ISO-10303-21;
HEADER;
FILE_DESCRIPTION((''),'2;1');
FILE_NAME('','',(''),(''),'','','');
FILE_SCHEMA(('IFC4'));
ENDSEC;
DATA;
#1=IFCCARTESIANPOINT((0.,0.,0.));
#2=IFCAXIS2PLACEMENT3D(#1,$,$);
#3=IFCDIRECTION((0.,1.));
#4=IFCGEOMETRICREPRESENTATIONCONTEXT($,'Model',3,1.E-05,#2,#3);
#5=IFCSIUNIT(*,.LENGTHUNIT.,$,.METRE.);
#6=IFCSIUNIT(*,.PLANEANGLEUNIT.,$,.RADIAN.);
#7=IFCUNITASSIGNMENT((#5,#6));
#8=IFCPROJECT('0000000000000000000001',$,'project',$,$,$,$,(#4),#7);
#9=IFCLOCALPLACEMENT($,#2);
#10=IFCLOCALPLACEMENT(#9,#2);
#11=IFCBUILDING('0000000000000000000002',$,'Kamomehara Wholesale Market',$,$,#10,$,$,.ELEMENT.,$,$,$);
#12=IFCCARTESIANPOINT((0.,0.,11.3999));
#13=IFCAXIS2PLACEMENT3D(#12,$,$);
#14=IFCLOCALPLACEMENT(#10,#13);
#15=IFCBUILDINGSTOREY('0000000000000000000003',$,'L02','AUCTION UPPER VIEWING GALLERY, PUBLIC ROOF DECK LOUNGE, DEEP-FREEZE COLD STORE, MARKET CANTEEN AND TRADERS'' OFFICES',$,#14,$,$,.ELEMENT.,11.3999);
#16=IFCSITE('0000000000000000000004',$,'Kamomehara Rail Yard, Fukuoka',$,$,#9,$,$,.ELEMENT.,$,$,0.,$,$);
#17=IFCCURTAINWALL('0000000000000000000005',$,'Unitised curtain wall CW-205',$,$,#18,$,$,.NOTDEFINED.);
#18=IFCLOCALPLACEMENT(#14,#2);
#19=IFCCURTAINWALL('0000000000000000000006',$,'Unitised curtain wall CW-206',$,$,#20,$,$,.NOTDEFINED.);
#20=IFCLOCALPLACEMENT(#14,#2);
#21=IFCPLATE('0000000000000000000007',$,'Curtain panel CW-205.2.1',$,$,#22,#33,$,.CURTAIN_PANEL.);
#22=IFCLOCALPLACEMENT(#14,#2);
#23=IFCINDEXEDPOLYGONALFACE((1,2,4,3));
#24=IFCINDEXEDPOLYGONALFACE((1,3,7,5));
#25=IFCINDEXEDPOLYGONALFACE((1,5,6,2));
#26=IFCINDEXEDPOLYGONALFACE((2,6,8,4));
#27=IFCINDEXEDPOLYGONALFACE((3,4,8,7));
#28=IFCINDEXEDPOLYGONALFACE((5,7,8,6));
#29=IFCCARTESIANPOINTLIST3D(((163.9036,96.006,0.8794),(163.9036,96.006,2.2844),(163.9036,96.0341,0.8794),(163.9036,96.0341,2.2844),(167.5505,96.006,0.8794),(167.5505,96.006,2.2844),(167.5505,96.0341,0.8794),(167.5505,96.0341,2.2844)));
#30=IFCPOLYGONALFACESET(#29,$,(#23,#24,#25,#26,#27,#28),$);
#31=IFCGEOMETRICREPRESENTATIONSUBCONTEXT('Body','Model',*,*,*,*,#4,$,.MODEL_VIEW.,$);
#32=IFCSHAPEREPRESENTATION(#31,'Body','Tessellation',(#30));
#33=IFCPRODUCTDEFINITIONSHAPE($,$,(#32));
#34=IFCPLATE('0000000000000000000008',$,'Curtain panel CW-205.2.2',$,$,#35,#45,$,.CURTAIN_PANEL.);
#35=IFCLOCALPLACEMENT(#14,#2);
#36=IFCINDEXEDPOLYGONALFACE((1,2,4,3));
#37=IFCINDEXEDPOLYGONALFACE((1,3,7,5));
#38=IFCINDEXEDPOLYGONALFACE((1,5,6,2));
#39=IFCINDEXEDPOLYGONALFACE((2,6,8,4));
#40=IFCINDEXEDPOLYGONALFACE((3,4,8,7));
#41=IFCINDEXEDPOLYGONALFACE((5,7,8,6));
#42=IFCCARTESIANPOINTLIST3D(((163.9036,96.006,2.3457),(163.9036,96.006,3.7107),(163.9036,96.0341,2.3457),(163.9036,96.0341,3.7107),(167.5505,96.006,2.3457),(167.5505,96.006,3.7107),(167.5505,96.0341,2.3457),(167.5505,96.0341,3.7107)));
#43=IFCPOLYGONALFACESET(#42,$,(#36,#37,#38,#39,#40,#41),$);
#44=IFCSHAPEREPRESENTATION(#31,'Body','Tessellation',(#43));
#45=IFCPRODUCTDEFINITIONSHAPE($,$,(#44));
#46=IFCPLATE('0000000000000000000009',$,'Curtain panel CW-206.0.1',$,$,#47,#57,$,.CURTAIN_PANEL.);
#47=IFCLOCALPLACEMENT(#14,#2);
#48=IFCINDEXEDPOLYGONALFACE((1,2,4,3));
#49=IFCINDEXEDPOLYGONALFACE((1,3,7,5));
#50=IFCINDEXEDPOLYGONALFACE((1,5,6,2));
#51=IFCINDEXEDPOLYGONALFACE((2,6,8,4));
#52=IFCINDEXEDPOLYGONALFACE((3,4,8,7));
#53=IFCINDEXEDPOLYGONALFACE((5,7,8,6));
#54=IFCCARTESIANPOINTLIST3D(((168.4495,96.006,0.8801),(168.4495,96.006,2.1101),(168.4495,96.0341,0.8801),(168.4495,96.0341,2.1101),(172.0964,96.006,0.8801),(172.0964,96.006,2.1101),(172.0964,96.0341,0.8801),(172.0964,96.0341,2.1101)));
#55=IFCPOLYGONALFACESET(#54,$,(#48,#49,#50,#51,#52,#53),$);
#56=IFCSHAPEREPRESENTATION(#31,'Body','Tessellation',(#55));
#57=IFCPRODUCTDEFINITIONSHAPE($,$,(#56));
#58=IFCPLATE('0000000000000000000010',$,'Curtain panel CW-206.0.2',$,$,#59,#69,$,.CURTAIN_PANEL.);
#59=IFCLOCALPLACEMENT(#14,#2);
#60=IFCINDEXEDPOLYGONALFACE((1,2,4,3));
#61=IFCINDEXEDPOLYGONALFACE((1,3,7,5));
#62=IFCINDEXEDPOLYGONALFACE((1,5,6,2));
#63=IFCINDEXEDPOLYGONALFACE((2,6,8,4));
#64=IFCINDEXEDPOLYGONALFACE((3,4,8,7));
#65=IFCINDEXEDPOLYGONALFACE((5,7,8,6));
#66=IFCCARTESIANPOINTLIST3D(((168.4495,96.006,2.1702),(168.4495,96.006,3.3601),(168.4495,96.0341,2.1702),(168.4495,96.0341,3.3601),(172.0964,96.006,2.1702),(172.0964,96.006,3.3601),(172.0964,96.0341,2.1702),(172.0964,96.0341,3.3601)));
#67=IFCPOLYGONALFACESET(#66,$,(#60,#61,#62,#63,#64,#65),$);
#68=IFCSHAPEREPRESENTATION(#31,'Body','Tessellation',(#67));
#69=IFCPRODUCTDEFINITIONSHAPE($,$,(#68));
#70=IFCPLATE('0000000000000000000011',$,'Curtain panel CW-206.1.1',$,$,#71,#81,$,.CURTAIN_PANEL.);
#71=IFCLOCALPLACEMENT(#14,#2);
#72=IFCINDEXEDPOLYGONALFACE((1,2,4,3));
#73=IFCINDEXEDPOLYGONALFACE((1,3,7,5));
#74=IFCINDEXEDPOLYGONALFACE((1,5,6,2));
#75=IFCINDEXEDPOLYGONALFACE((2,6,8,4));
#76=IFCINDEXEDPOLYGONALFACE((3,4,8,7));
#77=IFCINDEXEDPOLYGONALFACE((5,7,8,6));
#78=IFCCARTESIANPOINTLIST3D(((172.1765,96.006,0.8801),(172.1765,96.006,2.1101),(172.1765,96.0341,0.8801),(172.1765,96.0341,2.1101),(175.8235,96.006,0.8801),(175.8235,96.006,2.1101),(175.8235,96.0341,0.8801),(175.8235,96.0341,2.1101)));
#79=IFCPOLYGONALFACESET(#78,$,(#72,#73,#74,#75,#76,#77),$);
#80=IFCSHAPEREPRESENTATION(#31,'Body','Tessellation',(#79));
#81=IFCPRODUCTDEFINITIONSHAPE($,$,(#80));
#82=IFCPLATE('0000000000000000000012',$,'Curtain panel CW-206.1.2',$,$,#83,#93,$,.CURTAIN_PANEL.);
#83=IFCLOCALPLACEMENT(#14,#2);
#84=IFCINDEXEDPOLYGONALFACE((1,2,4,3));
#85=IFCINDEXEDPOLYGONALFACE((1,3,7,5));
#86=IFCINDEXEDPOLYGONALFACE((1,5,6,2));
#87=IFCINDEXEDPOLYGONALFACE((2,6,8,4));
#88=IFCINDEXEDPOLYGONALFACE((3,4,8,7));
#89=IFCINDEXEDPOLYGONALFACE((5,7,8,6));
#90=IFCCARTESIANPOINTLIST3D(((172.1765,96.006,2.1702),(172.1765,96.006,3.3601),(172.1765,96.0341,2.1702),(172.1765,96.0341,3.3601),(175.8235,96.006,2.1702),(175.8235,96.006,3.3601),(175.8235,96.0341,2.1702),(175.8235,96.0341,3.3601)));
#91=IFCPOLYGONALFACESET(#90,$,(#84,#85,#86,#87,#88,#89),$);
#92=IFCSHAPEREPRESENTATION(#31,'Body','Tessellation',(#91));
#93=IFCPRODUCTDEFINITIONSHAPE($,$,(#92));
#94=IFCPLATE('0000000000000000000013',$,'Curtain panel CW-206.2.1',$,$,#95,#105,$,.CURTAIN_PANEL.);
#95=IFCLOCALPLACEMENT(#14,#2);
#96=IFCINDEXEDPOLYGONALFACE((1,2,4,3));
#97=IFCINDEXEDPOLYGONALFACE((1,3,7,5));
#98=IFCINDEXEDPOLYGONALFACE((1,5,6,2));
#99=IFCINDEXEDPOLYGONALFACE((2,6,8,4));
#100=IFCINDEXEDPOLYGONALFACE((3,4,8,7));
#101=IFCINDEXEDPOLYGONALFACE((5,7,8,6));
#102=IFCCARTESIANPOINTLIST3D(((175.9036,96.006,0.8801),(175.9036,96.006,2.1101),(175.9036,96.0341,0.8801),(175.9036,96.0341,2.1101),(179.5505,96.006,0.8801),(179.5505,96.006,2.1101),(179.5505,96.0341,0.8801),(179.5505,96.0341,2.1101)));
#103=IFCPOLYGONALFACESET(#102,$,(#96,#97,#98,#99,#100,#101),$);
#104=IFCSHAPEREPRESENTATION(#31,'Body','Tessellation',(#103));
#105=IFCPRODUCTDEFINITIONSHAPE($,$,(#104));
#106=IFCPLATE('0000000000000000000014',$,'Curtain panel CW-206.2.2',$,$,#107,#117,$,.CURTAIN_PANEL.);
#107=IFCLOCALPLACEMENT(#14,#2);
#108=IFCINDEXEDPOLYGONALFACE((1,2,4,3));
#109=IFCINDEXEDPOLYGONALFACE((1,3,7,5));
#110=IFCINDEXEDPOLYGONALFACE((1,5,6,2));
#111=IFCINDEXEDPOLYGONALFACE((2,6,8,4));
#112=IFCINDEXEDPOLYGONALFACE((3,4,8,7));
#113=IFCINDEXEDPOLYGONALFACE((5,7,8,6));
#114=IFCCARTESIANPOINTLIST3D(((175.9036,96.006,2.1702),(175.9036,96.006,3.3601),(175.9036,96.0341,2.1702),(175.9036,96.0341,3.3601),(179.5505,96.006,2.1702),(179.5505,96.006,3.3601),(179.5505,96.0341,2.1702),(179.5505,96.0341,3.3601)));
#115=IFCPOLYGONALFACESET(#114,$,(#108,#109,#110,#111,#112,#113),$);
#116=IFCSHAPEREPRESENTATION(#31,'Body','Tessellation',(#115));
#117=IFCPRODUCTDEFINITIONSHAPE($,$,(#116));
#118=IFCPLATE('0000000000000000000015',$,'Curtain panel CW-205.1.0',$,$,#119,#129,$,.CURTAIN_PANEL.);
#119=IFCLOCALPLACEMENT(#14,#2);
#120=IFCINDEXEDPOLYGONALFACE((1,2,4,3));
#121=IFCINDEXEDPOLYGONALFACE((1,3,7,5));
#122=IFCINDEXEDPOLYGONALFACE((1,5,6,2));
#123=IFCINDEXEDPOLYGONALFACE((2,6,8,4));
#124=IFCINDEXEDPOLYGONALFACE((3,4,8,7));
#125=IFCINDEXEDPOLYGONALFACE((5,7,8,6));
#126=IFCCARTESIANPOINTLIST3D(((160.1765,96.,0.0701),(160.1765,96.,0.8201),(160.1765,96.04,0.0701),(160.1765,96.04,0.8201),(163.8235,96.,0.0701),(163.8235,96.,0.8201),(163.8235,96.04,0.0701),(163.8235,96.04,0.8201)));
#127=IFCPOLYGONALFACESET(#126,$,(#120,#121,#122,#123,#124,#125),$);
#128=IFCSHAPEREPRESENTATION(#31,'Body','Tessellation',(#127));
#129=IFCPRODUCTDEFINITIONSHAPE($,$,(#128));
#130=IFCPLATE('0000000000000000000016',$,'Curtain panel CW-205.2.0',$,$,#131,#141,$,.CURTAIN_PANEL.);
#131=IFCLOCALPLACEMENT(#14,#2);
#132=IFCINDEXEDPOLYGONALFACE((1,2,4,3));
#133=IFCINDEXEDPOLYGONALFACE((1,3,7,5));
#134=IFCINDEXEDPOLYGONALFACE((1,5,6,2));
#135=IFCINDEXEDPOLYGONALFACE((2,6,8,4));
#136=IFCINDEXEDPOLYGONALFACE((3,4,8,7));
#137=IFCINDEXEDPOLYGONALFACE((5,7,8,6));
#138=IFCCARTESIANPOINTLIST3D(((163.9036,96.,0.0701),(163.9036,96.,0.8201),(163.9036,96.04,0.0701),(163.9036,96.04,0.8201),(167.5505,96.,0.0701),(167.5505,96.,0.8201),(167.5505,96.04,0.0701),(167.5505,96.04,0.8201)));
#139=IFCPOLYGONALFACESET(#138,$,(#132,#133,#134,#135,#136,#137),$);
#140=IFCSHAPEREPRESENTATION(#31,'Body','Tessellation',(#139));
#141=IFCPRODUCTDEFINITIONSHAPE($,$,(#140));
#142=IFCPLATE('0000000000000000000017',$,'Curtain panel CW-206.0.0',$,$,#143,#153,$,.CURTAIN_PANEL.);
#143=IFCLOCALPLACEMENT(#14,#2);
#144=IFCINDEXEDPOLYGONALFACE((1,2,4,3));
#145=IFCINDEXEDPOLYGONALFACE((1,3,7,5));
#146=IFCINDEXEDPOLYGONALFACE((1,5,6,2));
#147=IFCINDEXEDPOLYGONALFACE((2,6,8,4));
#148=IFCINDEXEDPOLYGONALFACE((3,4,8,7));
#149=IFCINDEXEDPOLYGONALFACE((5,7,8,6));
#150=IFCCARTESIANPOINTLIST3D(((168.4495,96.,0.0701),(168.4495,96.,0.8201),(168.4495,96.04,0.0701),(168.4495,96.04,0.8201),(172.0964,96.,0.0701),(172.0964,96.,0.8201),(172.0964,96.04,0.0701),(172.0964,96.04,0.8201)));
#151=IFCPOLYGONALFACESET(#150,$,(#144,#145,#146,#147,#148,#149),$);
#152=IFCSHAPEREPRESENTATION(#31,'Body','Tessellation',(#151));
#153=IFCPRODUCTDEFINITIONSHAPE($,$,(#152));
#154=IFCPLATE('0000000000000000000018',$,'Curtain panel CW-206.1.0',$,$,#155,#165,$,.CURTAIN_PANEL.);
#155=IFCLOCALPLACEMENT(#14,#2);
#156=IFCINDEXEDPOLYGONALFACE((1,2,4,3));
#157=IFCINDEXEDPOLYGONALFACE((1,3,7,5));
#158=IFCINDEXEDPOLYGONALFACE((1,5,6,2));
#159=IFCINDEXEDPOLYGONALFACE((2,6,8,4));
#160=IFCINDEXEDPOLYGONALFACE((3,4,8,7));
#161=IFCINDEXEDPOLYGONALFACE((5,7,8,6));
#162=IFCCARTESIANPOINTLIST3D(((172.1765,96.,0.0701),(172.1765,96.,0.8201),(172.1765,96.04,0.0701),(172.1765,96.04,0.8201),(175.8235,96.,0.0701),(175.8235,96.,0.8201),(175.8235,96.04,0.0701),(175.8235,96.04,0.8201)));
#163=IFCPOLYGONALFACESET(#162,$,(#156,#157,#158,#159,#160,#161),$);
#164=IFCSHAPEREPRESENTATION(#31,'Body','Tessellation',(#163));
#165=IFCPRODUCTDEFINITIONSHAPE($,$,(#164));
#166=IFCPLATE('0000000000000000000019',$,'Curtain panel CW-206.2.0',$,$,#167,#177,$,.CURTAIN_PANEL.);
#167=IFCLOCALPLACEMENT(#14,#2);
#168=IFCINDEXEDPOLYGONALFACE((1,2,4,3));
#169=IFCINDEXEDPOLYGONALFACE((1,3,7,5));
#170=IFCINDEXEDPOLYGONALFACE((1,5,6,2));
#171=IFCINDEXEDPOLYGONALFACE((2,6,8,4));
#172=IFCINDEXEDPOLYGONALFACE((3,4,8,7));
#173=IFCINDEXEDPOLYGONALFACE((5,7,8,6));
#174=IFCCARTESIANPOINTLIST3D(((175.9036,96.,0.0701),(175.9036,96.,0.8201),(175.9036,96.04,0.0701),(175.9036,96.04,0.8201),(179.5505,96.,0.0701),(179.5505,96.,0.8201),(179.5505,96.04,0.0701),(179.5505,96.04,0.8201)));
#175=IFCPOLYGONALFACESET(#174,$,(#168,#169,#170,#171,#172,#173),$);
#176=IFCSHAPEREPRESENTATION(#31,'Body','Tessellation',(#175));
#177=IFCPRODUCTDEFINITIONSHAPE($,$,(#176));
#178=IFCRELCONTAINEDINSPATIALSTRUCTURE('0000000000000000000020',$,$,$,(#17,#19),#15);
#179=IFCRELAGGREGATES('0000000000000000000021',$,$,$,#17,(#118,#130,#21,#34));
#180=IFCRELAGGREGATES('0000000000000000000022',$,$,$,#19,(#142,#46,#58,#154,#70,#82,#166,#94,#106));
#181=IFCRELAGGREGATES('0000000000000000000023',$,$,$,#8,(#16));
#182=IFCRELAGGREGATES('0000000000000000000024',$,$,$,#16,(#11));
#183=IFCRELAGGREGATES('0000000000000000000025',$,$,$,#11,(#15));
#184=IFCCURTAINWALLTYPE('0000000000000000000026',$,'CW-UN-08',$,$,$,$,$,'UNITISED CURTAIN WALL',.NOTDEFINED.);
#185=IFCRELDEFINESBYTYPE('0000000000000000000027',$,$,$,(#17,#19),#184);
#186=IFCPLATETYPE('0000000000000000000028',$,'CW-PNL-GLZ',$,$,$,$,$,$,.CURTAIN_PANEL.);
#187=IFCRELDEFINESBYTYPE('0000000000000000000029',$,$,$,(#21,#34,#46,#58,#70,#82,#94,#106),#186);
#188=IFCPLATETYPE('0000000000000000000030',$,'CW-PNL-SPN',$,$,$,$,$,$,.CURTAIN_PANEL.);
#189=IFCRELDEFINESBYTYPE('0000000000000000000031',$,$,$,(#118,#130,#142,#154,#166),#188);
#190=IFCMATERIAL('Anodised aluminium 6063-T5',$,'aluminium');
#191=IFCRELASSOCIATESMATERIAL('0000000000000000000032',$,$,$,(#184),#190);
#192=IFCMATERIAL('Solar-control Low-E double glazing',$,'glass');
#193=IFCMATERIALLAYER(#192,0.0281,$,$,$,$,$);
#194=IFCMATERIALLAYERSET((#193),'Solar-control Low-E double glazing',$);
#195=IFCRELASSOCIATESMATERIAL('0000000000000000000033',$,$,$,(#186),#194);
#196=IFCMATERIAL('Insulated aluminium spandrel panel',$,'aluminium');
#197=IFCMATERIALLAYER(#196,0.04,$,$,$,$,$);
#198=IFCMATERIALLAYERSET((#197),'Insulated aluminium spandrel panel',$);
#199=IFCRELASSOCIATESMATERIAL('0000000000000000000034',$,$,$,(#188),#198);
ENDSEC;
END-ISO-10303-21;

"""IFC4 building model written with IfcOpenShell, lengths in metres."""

from ifc_helpers import new_model, si_unit, direction, frame, origin, origin_2d, place, context, subcontext, project, spatial, rectangle, extrude, material, layer, layer_set, type_object, element, aggregate, save


model = new_model("IFC4")

# Units and contexts
model_context = context("Model", 3, precision=1e-05, world=origin(), true_north=direction((0.0, 1.0)))
body_context = subcontext(model_context, "Body", "Model", "MODEL_VIEW")
ifc_project = project(units=[si_unit("LENGTHUNIT", "METRE"), si_unit("PLANEANGLEUNIT", "RADIAN")], contexts=[model_context])

# Site, building, storey
site_placement = place(None, origin())
site = spatial("IfcSite", under=ifc_project, at=site_placement, Name="Kamomehara Rail Yard, Fukuoka", CompositionType="ELEMENT", RefElevation=0.0)
building_placement = place(site_placement, origin())
building = spatial("IfcBuilding", under=site, at=building_placement, Name="Kamomehara Wholesale Market", CompositionType="ELEMENT")
storey_placement = place(building_placement, frame((0.0, 0.0, 11.3999)))
storey = spatial("IfcBuildingStorey", under=building, at=storey_placement, Name="L02", Description="AUCTION UPPER VIEWING GALLERY, PUBLIC ROOF DECK LOUNGE, DEEP-FREEZE COLD STORE, MARKET CANTEEN AND TRADERS' OFFICES", CompositionType="ELEMENT", Elevation=11.3999)

# Curtain walls
ifc_material_1 = material(Name="Anodised aluminium 6063-T5", Category="aluminium")
curtain_wall_type = type_object("IfcCurtainWallType", Name="CW-UN-08", ElementType="UNITISED CURTAIN WALL", PredefinedType="NOTDEFINED", material=ifc_material_1)
curtain_wall_1_placement = place(storey_placement, origin())
curtain_wall_1 = element("IfcCurtainWall", 1, at=curtain_wall_1_placement, inside=storey, type_object=curtain_wall_type, Name="Unitised curtain wall CW-205", PredefinedType="NOTDEFINED")
curtain_wall_2_placement = place(storey_placement, origin())
curtain_wall_2 = element("IfcCurtainWall", 2, at=curtain_wall_2_placement, inside=storey, type_object=curtain_wall_type, Name="Unitised curtain wall CW-206", PredefinedType="NOTDEFINED")

# Plates
ifc_material_2 = material(Name="Solar-control Low-E double glazing", Category="glass")
ifc_layer_1 = layer(ifc_material_2, 0.0281)
ifc_layer_set_1 = layer_set([ifc_layer_1], Name="Solar-control Low-E double glazing")
plate_type_1 = type_object("IfcPlateType", Name="CW-PNL-GLZ", PredefinedType="CURTAIN_PANEL", material=ifc_layer_set_1)
plate_1_placement = place(storey_placement, frame((165.7271, 96.02, 0.8794), z_axis=(0.0, 0.0, 1.0), x_axis=(1.0, 0.0, 0.0)))
plate_1 = element("IfcPlate", 3, at=plate_1_placement, type_object=plate_type_1, Name="Curtain panel CW-205.2.1", PredefinedType="CURTAIN_PANEL", context=body_context, shape_type="SweptSolid", body=[
    extrude(rectangle(XDim=3.647, YDim=0.0281, at=origin_2d()), origin(), (0.0, 0.0, 1.0), 1.405),
])
plate_2_placement = place(storey_placement, frame((165.7271, 96.02, 2.3457), z_axis=(0.0, 0.0, 1.0), x_axis=(1.0, 0.0, 0.0)))
plate_2 = element("IfcPlate", 4, at=plate_2_placement, type_object=plate_type_1, Name="Curtain panel CW-205.2.2", PredefinedType="CURTAIN_PANEL", context=body_context, shape_type="SweptSolid", body=[
    extrude(rectangle(XDim=3.647, YDim=0.0281, at=origin_2d()), origin(), (0.0, 0.0, 1.0), 1.365),
])
plate_3_placement = place(storey_placement, frame((170.2729, 96.02, 0.8801), z_axis=(0.0, 0.0, 1.0), x_axis=(1.0, 0.0, 0.0)))
plate_3 = element("IfcPlate", 5, at=plate_3_placement, type_object=plate_type_1, Name="Curtain panel CW-206.0.1", PredefinedType="CURTAIN_PANEL", context=body_context, shape_type="SweptSolid", body=[
    extrude(rectangle(XDim=3.647, YDim=0.0281, at=origin_2d()), origin(), (0.0, 0.0, 1.0), 1.23),
])
plate_4_placement = place(storey_placement, frame((170.2729, 96.02, 2.1702), z_axis=(0.0, 0.0, 1.0), x_axis=(1.0, 0.0, 0.0)))
plate_4 = element("IfcPlate", 6, at=plate_4_placement, type_object=plate_type_1, Name="Curtain panel CW-206.0.2", PredefinedType="CURTAIN_PANEL", context=body_context, shape_type="SweptSolid", body=[
    extrude(rectangle(XDim=3.647, YDim=0.0281, at=origin_2d()), origin(), (0.0, 0.0, 1.0), 1.1899),
])
plate_5_placement = place(storey_placement, frame((174.0, 96.02, 0.8801), z_axis=(0.0, 0.0, 1.0), x_axis=(1.0, 0.0, 0.0)))
plate_5 = element("IfcPlate", 7, at=plate_5_placement, type_object=plate_type_1, Name="Curtain panel CW-206.1.1", PredefinedType="CURTAIN_PANEL", context=body_context, shape_type="SweptSolid", body=[
    extrude(rectangle(XDim=3.647, YDim=0.0281, at=origin_2d()), origin(), (0.0, 0.0, 1.0), 1.23),
])
plate_6_placement = place(storey_placement, frame((174.0, 96.02, 2.1702), z_axis=(0.0, 0.0, 1.0), x_axis=(1.0, 0.0, 0.0)))
plate_6 = element("IfcPlate", 8, at=plate_6_placement, type_object=plate_type_1, Name="Curtain panel CW-206.1.2", PredefinedType="CURTAIN_PANEL", context=body_context, shape_type="SweptSolid", body=[
    extrude(rectangle(XDim=3.647, YDim=0.0281, at=origin_2d()), origin(), (0.0, 0.0, 1.0), 1.1899),
])
plate_7_placement = place(storey_placement, frame((177.7271, 96.02, 0.8801), z_axis=(0.0, 0.0, 1.0), x_axis=(1.0, 0.0, 0.0)))
plate_7 = element("IfcPlate", 9, at=plate_7_placement, type_object=plate_type_1, Name="Curtain panel CW-206.2.1", PredefinedType="CURTAIN_PANEL", context=body_context, shape_type="SweptSolid", body=[
    extrude(rectangle(XDim=3.647, YDim=0.0281, at=origin_2d()), origin(), (0.0, 0.0, 1.0), 1.23),
])
plate_8_placement = place(storey_placement, frame((177.7271, 96.02, 2.1702), z_axis=(0.0, 0.0, 1.0), x_axis=(1.0, 0.0, 0.0)))
plate_8 = element("IfcPlate", 10, at=plate_8_placement, type_object=plate_type_1, Name="Curtain panel CW-206.2.2", PredefinedType="CURTAIN_PANEL", context=body_context, shape_type="SweptSolid", body=[
    extrude(rectangle(XDim=3.647, YDim=0.0281, at=origin_2d()), origin(), (0.0, 0.0, 1.0), 1.1899),
])
ifc_material_3 = material(Name="Insulated aluminium spandrel panel", Category="aluminium")
ifc_layer_2 = layer(ifc_material_3, 0.04)
ifc_layer_set_2 = layer_set([ifc_layer_2], Name="Insulated aluminium spandrel panel")
plate_type_2 = type_object("IfcPlateType", Name="CW-PNL-SPN", PredefinedType="CURTAIN_PANEL", material=ifc_layer_set_2)
plate_9_placement = place(storey_placement, frame((162.0, 96.02, 0.0701), z_axis=(0.0, 0.0, 1.0), x_axis=(1.0, 0.0, 0.0)))
plate_9 = element("IfcPlate", 11, at=plate_9_placement, type_object=plate_type_2, Name="Curtain panel CW-205.1.0", PredefinedType="CURTAIN_PANEL", context=body_context, shape_type="SweptSolid", body=[
    extrude(rectangle(XDim=3.647, YDim=0.04, at=origin_2d()), origin(), (0.0, 0.0, 1.0), 0.75),
])
plate_10_placement = place(storey_placement, frame((165.7271, 96.02, 0.0701), z_axis=(0.0, 0.0, 1.0), x_axis=(1.0, 0.0, 0.0)))
plate_10 = element("IfcPlate", 12, at=plate_10_placement, type_object=plate_type_2, Name="Curtain panel CW-205.2.0", PredefinedType="CURTAIN_PANEL", context=body_context, shape_type="SweptSolid", body=[
    extrude(rectangle(XDim=3.647, YDim=0.04, at=origin_2d()), origin(), (0.0, 0.0, 1.0), 0.75),
])
aggregate(curtain_wall_1, [plate_9, plate_10, plate_1, plate_2])
plate_11_placement = place(storey_placement, frame((170.2729, 96.02, 0.0701), z_axis=(0.0, 0.0, 1.0), x_axis=(1.0, 0.0, 0.0)))
plate_11 = element("IfcPlate", 13, at=plate_11_placement, type_object=plate_type_2, Name="Curtain panel CW-206.0.0", PredefinedType="CURTAIN_PANEL", context=body_context, shape_type="SweptSolid", body=[
    extrude(rectangle(XDim=3.647, YDim=0.04, at=origin_2d()), origin(), (0.0, 0.0, 1.0), 0.75),
])
plate_12_placement = place(storey_placement, frame((174.0, 96.02, 0.0701), z_axis=(0.0, 0.0, 1.0), x_axis=(1.0, 0.0, 0.0)))
plate_12 = element("IfcPlate", 14, at=plate_12_placement, type_object=plate_type_2, Name="Curtain panel CW-206.1.0", PredefinedType="CURTAIN_PANEL", context=body_context, shape_type="SweptSolid", body=[
    extrude(rectangle(XDim=3.647, YDim=0.04, at=origin_2d()), origin(), (0.0, 0.0, 1.0), 0.75),
])
plate_13_placement = place(storey_placement, frame((177.7271, 96.02, 0.0701), z_axis=(0.0, 0.0, 1.0), x_axis=(1.0, 0.0, 0.0)))
plate_13 = element("IfcPlate", 15, at=plate_13_placement, type_object=plate_type_2, Name="Curtain panel CW-206.2.0", PredefinedType="CURTAIN_PANEL", context=body_context, shape_type="SweptSolid", body=[
    extrude(rectangle(XDim=3.647, YDim=0.04, at=origin_2d()), origin(), (0.0, 0.0, 1.0), 0.75),
])
aggregate(curtain_wall_2, [plate_11, plate_3, plate_4, plate_12, plate_5, plate_6, plate_13, plate_7, plate_8])

save(model, "model.ifc")
